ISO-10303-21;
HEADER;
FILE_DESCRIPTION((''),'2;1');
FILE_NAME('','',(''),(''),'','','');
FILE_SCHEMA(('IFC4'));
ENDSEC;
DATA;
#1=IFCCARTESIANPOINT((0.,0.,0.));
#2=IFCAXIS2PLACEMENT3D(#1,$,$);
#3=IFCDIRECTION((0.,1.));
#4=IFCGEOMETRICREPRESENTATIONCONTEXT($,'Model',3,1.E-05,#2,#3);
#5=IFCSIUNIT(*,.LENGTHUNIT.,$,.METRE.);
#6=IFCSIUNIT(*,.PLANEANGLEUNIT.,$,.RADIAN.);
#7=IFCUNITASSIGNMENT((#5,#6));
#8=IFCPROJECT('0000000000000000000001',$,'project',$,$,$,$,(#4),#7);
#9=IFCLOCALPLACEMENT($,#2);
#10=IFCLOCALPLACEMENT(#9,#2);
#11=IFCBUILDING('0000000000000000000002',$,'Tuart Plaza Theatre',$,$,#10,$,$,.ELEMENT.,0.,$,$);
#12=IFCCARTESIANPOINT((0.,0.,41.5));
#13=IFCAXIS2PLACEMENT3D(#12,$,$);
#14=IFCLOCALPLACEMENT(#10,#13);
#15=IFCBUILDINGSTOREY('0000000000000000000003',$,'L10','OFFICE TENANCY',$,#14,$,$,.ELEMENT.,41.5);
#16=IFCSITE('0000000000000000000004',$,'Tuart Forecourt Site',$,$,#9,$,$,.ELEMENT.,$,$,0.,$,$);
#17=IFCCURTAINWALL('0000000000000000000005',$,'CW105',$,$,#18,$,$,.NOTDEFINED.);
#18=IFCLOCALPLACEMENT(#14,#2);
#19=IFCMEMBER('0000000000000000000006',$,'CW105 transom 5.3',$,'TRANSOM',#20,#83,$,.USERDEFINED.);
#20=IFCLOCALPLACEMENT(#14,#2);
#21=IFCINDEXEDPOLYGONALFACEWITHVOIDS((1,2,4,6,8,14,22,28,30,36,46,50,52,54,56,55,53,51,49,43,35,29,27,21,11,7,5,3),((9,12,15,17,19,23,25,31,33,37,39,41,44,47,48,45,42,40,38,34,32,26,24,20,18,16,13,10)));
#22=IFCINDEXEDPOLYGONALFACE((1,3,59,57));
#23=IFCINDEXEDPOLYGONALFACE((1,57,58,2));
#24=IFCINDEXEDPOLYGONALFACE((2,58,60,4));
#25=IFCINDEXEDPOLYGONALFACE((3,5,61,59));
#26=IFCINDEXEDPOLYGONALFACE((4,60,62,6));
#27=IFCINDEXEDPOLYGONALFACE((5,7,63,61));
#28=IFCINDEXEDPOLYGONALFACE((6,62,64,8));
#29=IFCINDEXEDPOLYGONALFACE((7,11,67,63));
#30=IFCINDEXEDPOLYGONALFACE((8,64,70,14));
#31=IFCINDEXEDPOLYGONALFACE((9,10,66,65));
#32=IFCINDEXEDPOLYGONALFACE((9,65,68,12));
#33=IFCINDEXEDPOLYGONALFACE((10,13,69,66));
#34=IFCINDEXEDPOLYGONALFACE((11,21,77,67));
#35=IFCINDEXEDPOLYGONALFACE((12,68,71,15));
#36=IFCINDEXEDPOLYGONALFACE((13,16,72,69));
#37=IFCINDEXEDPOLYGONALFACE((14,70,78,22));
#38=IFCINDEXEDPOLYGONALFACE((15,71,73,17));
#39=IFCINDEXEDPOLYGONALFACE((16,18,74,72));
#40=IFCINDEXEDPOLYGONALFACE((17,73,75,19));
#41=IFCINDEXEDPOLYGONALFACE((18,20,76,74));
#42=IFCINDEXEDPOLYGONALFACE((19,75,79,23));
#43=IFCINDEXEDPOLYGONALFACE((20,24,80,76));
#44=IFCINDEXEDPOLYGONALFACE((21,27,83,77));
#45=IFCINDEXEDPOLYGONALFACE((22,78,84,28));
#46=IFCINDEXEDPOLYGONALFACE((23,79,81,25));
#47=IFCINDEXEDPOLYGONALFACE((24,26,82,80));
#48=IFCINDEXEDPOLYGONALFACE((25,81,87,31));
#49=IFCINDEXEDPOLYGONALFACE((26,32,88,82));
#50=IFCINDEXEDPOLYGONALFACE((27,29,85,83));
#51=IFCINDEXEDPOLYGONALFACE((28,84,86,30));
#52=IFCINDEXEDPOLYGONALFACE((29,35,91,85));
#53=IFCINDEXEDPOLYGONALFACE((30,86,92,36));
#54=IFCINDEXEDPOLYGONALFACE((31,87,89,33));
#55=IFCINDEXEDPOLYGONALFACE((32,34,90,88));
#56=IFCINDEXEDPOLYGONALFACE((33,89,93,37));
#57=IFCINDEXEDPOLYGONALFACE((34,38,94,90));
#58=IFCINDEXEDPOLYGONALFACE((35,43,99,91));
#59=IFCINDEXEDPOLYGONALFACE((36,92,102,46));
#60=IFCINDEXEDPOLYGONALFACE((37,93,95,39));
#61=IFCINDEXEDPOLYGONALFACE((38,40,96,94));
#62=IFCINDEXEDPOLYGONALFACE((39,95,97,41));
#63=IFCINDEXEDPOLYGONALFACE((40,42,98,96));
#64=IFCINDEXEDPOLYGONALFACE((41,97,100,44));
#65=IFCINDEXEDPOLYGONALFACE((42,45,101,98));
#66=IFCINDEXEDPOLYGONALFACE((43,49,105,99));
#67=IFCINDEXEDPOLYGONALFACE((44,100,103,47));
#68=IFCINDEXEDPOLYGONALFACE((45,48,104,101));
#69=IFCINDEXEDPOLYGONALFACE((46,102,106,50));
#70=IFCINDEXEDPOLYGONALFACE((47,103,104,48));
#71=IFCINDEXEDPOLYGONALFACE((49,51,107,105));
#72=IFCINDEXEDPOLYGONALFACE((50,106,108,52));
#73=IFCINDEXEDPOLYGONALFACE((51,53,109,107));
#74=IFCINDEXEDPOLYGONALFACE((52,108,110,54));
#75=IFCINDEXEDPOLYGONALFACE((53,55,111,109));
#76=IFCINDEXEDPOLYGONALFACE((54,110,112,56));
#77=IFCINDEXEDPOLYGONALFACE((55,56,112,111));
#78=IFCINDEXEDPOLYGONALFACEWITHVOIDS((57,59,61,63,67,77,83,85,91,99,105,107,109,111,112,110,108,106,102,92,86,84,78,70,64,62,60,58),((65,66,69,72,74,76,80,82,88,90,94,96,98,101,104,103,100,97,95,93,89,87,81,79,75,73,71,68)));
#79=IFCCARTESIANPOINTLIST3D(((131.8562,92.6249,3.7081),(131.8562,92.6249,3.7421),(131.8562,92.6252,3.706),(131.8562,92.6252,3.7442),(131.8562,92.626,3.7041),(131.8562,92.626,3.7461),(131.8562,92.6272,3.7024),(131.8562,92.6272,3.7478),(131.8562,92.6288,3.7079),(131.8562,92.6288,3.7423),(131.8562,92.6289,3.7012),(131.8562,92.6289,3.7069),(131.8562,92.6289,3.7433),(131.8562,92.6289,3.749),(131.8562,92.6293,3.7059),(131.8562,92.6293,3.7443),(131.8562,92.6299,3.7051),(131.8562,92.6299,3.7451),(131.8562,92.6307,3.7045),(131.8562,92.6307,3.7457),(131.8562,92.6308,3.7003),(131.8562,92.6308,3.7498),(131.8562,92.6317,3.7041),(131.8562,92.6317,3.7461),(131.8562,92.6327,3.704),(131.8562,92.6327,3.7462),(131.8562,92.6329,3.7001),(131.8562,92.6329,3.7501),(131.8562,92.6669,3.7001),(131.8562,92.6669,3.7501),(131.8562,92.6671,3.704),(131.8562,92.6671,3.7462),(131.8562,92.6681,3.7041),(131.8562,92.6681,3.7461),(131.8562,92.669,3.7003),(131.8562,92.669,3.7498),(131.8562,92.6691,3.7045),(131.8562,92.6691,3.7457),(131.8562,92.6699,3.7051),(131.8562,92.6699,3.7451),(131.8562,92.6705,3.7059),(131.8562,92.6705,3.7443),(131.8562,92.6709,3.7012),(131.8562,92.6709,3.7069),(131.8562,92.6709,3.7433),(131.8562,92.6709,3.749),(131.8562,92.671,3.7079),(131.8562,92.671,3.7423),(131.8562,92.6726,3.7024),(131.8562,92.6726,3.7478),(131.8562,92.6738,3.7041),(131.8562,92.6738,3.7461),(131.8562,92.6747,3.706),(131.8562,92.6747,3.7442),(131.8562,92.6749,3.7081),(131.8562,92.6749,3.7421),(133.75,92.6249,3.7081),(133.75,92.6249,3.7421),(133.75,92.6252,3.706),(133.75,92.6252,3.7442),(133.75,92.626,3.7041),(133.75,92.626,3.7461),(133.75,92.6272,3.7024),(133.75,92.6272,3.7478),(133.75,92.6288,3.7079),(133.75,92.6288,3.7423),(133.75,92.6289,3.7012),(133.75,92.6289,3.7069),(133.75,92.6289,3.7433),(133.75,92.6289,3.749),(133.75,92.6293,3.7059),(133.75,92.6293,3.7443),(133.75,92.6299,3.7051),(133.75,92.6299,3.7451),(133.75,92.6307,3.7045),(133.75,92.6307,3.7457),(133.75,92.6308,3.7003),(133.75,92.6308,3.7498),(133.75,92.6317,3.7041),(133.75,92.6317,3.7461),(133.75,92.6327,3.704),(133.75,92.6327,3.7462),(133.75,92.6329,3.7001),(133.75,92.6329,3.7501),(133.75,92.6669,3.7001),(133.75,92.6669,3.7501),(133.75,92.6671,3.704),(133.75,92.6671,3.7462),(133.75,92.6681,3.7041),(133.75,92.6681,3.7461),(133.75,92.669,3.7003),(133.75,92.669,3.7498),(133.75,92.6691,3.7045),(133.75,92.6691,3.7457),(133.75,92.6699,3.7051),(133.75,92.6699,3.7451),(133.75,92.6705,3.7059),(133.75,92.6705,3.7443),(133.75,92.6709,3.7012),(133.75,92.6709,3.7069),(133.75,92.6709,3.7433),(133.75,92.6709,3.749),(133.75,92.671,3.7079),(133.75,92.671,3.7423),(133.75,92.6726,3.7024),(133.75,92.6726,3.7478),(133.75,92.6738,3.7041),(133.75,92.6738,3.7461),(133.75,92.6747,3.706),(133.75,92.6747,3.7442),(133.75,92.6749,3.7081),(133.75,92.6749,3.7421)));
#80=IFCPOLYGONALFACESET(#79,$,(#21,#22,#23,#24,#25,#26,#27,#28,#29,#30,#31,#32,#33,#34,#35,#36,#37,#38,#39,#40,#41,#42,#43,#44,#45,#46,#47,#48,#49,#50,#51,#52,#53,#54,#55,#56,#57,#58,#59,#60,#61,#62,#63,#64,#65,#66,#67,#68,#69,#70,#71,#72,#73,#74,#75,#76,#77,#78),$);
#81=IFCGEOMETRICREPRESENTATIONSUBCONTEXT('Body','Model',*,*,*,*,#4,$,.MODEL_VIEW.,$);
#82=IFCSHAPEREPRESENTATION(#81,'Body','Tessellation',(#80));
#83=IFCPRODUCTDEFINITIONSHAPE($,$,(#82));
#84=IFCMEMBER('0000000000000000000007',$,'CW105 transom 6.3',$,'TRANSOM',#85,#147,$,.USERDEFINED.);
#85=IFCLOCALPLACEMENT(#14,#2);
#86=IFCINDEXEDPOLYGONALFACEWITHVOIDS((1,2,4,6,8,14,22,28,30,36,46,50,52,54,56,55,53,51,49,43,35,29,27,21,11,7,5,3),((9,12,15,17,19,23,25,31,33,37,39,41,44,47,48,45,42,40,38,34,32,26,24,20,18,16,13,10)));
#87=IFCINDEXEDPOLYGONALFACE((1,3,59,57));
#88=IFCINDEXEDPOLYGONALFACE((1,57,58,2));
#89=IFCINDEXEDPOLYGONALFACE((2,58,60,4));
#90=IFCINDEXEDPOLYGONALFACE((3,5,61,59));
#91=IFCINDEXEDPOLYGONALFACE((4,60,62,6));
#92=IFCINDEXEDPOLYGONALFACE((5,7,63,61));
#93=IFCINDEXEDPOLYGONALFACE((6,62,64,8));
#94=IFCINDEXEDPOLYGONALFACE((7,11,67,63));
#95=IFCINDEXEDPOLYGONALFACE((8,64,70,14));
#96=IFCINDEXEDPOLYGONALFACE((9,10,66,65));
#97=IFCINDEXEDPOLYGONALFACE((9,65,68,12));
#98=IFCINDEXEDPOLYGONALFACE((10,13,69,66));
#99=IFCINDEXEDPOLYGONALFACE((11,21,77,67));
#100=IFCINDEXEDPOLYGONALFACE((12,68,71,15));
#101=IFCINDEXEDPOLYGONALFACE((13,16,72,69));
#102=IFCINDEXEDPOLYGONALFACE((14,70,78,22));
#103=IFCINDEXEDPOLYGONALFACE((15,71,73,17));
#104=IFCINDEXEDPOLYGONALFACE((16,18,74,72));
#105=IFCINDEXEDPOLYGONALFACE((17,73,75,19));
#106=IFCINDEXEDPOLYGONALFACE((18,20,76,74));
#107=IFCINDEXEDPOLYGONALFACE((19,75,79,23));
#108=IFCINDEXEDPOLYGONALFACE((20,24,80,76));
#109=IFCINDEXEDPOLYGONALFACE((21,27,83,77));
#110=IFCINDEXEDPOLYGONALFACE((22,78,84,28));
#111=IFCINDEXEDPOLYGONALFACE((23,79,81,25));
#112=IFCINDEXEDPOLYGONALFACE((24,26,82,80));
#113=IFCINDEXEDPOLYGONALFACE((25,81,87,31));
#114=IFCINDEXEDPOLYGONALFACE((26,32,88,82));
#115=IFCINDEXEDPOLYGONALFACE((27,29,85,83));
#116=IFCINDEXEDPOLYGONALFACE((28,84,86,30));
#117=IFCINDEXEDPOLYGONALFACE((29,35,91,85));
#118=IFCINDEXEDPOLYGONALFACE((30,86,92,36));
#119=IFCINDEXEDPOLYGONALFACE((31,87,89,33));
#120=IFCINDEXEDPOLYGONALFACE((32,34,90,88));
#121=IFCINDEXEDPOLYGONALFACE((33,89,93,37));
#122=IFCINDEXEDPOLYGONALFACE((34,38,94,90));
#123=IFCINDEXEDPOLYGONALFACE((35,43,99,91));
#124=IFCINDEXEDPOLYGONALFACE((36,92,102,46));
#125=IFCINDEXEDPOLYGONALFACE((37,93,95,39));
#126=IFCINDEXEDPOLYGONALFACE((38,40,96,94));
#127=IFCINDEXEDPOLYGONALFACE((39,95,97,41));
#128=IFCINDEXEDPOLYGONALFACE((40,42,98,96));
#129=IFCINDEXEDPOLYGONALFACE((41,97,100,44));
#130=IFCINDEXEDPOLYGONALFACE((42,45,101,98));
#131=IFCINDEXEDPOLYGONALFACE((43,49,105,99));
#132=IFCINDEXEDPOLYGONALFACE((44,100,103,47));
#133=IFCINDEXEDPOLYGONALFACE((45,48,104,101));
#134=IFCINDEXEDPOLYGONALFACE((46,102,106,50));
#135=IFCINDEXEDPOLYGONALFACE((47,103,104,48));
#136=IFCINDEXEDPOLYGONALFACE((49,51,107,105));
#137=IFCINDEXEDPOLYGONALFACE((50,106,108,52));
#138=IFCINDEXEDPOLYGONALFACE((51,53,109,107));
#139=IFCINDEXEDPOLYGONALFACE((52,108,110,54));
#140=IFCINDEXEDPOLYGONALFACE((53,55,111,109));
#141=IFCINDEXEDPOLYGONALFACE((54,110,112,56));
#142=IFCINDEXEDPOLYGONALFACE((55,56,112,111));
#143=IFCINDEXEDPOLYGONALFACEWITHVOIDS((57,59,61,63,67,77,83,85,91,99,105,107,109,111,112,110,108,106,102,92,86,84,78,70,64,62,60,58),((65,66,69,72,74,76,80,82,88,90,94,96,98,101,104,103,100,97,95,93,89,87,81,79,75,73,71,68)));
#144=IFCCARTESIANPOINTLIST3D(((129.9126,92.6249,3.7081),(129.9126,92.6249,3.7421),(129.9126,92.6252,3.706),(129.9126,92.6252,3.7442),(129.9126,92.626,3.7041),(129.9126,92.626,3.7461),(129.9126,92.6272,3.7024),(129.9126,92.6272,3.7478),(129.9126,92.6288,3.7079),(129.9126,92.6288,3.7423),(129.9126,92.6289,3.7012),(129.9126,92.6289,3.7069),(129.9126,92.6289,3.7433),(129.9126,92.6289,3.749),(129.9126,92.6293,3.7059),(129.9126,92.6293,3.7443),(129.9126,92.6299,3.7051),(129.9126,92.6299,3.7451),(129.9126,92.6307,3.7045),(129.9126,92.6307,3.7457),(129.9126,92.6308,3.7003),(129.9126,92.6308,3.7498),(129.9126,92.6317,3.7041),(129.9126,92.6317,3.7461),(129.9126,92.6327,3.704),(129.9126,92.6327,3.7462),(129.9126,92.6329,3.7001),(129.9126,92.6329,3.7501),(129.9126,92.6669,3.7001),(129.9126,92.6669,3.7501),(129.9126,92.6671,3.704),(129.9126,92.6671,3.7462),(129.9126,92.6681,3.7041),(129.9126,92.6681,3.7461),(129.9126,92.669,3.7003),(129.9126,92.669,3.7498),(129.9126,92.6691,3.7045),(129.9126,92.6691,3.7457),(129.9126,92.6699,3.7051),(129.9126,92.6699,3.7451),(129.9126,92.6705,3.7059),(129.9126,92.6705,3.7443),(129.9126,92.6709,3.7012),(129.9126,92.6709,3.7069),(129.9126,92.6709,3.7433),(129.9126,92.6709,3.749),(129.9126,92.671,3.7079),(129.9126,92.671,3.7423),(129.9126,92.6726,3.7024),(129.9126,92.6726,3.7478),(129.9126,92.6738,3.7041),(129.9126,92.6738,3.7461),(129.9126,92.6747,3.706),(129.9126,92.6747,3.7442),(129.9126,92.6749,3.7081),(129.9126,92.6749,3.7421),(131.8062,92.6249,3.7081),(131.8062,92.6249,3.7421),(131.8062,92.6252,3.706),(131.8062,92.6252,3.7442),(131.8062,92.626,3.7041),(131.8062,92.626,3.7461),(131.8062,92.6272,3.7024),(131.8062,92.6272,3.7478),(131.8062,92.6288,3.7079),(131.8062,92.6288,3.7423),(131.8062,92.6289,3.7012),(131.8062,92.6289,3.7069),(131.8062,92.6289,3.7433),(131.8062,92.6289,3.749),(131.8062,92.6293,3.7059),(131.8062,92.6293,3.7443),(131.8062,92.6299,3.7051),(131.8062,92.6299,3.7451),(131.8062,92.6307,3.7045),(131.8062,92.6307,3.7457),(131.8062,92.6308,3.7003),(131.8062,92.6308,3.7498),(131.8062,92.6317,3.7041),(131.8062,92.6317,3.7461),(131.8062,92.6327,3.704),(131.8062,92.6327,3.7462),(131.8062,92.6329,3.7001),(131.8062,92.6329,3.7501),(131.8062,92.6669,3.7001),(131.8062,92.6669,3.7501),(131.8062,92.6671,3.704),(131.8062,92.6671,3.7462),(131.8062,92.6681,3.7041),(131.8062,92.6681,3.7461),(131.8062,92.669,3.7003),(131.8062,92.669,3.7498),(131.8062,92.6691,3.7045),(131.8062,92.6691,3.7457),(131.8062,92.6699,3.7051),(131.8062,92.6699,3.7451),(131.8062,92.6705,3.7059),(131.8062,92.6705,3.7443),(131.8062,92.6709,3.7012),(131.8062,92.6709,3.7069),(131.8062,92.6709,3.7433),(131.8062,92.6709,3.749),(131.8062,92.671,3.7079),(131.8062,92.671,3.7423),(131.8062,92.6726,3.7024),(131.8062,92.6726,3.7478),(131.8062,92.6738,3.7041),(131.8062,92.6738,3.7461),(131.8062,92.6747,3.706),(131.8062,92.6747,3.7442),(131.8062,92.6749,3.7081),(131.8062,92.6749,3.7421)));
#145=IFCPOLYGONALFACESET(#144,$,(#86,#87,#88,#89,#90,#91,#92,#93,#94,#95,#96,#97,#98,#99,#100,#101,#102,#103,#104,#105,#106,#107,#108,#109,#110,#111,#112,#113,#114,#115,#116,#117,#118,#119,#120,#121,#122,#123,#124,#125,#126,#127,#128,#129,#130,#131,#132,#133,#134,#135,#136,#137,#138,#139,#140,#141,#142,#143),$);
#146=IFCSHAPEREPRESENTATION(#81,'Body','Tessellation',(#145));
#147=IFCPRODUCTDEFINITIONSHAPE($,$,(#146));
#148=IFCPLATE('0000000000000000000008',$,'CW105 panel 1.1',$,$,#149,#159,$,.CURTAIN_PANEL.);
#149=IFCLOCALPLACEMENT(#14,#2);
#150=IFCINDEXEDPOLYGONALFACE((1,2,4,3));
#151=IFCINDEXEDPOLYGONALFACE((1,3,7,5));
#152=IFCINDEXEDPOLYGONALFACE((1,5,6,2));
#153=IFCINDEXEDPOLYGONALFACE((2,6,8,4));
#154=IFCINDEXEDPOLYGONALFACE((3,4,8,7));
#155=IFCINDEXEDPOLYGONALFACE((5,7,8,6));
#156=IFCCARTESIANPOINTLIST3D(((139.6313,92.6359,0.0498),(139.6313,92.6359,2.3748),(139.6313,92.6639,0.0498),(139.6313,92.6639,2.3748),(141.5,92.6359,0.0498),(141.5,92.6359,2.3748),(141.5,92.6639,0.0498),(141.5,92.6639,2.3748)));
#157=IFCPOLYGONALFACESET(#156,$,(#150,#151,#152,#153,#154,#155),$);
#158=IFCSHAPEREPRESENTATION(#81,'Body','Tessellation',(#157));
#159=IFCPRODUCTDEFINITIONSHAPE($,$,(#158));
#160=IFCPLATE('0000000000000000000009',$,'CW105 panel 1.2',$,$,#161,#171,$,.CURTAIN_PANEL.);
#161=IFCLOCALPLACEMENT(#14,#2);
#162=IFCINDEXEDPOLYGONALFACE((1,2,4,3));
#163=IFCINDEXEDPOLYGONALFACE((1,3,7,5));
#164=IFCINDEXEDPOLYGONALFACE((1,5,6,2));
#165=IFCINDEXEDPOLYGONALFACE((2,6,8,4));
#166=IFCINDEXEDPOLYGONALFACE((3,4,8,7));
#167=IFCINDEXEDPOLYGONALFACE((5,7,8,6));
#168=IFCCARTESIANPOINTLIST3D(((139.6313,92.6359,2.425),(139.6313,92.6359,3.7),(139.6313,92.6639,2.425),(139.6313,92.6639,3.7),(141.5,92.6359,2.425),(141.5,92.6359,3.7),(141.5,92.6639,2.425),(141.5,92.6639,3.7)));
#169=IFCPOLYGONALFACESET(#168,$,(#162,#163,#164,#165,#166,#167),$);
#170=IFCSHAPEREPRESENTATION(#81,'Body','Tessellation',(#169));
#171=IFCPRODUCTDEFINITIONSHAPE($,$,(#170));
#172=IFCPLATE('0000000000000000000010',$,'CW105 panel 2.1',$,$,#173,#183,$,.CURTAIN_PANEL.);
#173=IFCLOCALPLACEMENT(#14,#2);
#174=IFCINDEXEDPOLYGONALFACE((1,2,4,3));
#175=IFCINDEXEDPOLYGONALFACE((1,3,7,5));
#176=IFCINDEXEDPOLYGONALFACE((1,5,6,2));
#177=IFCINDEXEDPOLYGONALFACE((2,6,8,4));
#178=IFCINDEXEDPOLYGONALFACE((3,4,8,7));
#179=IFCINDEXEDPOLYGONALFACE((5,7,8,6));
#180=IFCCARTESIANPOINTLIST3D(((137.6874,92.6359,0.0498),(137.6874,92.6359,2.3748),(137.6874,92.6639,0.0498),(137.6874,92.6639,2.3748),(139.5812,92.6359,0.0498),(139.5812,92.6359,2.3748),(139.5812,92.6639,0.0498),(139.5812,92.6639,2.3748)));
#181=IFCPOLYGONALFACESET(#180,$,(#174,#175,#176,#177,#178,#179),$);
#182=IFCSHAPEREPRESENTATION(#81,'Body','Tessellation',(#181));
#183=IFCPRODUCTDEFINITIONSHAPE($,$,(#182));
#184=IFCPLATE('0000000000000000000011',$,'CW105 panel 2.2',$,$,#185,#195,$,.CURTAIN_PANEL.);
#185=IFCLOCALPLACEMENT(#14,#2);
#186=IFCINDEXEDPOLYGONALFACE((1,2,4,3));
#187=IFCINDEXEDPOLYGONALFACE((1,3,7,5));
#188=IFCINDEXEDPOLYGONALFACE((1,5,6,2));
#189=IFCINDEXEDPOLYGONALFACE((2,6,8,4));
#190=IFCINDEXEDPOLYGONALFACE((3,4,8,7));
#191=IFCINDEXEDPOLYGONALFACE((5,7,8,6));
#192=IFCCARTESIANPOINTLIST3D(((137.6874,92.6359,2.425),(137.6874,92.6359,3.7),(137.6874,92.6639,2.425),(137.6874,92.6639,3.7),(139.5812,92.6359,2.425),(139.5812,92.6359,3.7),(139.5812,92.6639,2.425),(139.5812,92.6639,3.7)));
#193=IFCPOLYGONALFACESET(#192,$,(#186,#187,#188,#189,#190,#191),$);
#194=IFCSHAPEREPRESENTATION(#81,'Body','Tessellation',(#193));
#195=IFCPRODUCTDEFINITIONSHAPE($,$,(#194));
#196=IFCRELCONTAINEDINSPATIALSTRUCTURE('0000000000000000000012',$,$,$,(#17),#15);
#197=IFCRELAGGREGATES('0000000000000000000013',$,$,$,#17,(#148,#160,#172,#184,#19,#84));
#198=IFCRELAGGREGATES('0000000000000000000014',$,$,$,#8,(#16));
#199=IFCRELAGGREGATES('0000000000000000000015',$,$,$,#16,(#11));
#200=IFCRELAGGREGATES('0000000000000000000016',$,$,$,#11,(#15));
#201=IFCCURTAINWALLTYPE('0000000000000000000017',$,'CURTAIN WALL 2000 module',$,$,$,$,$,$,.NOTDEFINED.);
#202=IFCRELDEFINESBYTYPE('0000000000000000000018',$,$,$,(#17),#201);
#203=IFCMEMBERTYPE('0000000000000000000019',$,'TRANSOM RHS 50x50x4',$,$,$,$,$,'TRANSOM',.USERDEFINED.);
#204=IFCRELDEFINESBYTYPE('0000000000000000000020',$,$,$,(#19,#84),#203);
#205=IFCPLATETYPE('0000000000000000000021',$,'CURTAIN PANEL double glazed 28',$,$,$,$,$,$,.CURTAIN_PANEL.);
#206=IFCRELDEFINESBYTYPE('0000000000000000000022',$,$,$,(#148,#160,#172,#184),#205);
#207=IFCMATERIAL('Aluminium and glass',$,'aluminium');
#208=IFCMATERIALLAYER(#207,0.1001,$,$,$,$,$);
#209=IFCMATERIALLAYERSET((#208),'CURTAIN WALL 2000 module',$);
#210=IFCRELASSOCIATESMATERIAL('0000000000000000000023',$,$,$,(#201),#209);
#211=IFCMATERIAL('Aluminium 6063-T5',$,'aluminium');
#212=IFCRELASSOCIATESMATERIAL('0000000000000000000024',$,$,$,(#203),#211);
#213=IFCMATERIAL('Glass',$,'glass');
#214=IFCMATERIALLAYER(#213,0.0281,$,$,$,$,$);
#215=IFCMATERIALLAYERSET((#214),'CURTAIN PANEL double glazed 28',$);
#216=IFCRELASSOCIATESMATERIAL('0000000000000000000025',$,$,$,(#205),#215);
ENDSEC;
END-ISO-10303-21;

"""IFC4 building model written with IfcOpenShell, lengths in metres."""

from ifc_helpers import new_model, si_unit, direction, frame, origin, origin_2d, place, context, subcontext, project, spatial, rectangle, hollow_rectangle, extrude, material, layer, layer_set, material_profile, profile_set, type_object, element, aggregate, save


model = new_model("IFC4")

# Units and contexts
model_context = context("Model", 3, precision=1e-05, world=origin(), true_north=direction((0.0, 1.0)))
body_context = subcontext(model_context, "Body", "Model", "MODEL_VIEW")
ifc_project = project(units=[si_unit("LENGTHUNIT", "METRE"), si_unit("PLANEANGLEUNIT", "RADIAN")], contexts=[model_context])

# Site, building, storey
site_placement = place(None, origin())
site = spatial("IfcSite", under=ifc_project, at=site_placement, Name="Tuart Forecourt Site", CompositionType="ELEMENT", RefElevation=0.0)
building_placement = place(site_placement, origin())
building = spatial("IfcBuilding", under=site, at=building_placement, Name="Tuart Plaza Theatre", CompositionType="ELEMENT", ElevationOfRefHeight=0.0)
storey_placement = place(building_placement, frame((0.0, 0.0, 41.5)))
storey = spatial("IfcBuildingStorey", under=building, at=storey_placement, Name="L10", Description="OFFICE TENANCY", CompositionType="ELEMENT", Elevation=41.5)

# Curtain wall, members, plates
ifc_material_1 = material(Name="Aluminium and glass", Category="aluminium")
ifc_layer_1 = layer(ifc_material_1, 0.1001)
ifc_layer_set_1 = layer_set([ifc_layer_1], Name="CURTAIN WALL 2000 module")
curtain_wall_type = type_object("IfcCurtainWallType", Name="CURTAIN WALL 2000 module", PredefinedType="NOTDEFINED", material=ifc_layer_set_1)
curtain_wall_placement = place(storey_placement, origin())
curtain_wall = element("IfcCurtainWall", 1, at=curtain_wall_placement, inside=storey, type_object=curtain_wall_type, Name="CW105", PredefinedType="NOTDEFINED")
ifc_material_2 = material(Name="Aluminium 6063-T5", Category="aluminium")
ifc_material_profile_1 = material_profile(ifc_material_2, hollow_rectangle(XDim=0.05, YDim=0.05, WallThickness=0.0039, InnerFilletRadius=0.0039, OuterFilletRadius=0.0081, at=origin_2d()), Name="RHS 50x50x4")
ifc_profile_set_1 = profile_set([ifc_material_profile_1], Name="Aluminium 6063-T5")
member_type_1 = type_object("IfcMemberType", Name="TRANSOM RHS 50x50x4", ElementType="TRANSOM", PredefinedType="USERDEFINED", material=ifc_profile_set_1)
member_1_placement = place(storey_placement, frame((133.75, 92.6499, 3.7251), z_axis=(-1.0, 0.0, 0.0), x_axis=(0.0, -1.0, 0.0)))
member_1 = element("IfcMember", 2, at=member_1_placement, type_object=member_type_1, Name="CW105 transom 5.3", ObjectType="TRANSOM", PredefinedType="USERDEFINED", context=body_context, shape_type="SweptSolid", body=[
    extrude(hollow_rectangle(XDim=0.05, YDim=0.05, WallThickness=0.0039, InnerFilletRadius=0.0039, OuterFilletRadius=0.0081, at=origin_2d()), origin(), (0.0, 0.0, 1.0), 1.8938),
])
member_2_placement = place(storey_placement, frame((131.8062, 92.6499, 3.7251), z_axis=(-1.0, 0.0, 0.0), x_axis=(0.0, -1.0, 0.0)))
member_2 = element("IfcMember", 3, at=member_2_placement, type_object=member_type_1, Name="CW105 transom 6.3", ObjectType="TRANSOM", PredefinedType="USERDEFINED", context=body_context, shape_type="SweptSolid", body=[
    extrude(hollow_rectangle(XDim=0.05, YDim=0.05, WallThickness=0.0039, InnerFilletRadius=0.0039, OuterFilletRadius=0.0081, at=origin_2d()), origin(), (0.0, 0.0, 1.0), 1.8936),
])
ifc_material_3 = material(Name="Glass", Category="glass")
ifc_layer_2 = layer(ifc_material_3, 0.0281)
ifc_layer_set_2 = layer_set([ifc_layer_2], Name="CURTAIN PANEL double glazed 28")
plate_type = type_object("IfcPlateType", Name="CURTAIN PANEL double glazed 28", PredefinedType="CURTAIN_PANEL", material=ifc_layer_set_2)
plate_1_placement = place(storey_placement, frame((140.5657, 92.6499, 0.0498), z_axis=(0.0, 0.0, 1.0), x_axis=(-1.0, 0.0, 0.0)))
plate_1 = element("IfcPlate", 4, at=plate_1_placement, type_object=plate_type, Name="CW105 panel 1.1", PredefinedType="CURTAIN_PANEL", context=body_context, shape_type="SweptSolid", body=[
    extrude(rectangle(XDim=1.8687, YDim=0.0281, at=origin_2d()), origin(), (0.0, 0.0, 1.0), 2.325),
])
plate_2_placement = place(storey_placement, frame((140.5657, 92.6499, 2.425), z_axis=(0.0, 0.0, 1.0), x_axis=(-1.0, 0.0, 0.0)))
plate_2 = element("IfcPlate", 5, at=plate_2_placement, type_object=plate_type, Name="CW105 panel 1.2", PredefinedType="CURTAIN_PANEL", context=body_context, shape_type="SweptSolid", body=[
    extrude(rectangle(XDim=1.8687, YDim=0.0281, at=origin_2d()), origin(), (0.0, 0.0, 1.0), 1.2749),
])
plate_3_placement = place(storey_placement, frame((138.6343, 92.6499, 0.0498), z_axis=(0.0, 0.0, 1.0), x_axis=(-1.0, 0.0, 0.0)))
plate_3 = element("IfcPlate", 6, at=plate_3_placement, type_object=plate_type, Name="CW105 panel 2.1", PredefinedType="CURTAIN_PANEL", context=body_context, shape_type="SweptSolid", body=[
    extrude(rectangle(XDim=1.8938, YDim=0.0281, at=origin_2d()), origin(), (0.0, 0.0, 1.0), 2.325),
])
plate_4_placement = place(storey_placement, frame((138.6343, 92.6499, 2.425), z_axis=(0.0, 0.0, 1.0), x_axis=(-1.0, 0.0, 0.0)))
plate_4 = element("IfcPlate", 7, at=plate_4_placement, type_object=plate_type, Name="CW105 panel 2.2", PredefinedType="CURTAIN_PANEL", context=body_context, shape_type="SweptSolid", body=[
    extrude(rectangle(XDim=1.8938, YDim=0.0281, at=origin_2d()), origin(), (0.0, 0.0, 1.0), 1.2749),
])
aggregate(curtain_wall, [plate_1, plate_2, plate_3, plate_4, member_1, member_2])

save(model, "model.ifc")
